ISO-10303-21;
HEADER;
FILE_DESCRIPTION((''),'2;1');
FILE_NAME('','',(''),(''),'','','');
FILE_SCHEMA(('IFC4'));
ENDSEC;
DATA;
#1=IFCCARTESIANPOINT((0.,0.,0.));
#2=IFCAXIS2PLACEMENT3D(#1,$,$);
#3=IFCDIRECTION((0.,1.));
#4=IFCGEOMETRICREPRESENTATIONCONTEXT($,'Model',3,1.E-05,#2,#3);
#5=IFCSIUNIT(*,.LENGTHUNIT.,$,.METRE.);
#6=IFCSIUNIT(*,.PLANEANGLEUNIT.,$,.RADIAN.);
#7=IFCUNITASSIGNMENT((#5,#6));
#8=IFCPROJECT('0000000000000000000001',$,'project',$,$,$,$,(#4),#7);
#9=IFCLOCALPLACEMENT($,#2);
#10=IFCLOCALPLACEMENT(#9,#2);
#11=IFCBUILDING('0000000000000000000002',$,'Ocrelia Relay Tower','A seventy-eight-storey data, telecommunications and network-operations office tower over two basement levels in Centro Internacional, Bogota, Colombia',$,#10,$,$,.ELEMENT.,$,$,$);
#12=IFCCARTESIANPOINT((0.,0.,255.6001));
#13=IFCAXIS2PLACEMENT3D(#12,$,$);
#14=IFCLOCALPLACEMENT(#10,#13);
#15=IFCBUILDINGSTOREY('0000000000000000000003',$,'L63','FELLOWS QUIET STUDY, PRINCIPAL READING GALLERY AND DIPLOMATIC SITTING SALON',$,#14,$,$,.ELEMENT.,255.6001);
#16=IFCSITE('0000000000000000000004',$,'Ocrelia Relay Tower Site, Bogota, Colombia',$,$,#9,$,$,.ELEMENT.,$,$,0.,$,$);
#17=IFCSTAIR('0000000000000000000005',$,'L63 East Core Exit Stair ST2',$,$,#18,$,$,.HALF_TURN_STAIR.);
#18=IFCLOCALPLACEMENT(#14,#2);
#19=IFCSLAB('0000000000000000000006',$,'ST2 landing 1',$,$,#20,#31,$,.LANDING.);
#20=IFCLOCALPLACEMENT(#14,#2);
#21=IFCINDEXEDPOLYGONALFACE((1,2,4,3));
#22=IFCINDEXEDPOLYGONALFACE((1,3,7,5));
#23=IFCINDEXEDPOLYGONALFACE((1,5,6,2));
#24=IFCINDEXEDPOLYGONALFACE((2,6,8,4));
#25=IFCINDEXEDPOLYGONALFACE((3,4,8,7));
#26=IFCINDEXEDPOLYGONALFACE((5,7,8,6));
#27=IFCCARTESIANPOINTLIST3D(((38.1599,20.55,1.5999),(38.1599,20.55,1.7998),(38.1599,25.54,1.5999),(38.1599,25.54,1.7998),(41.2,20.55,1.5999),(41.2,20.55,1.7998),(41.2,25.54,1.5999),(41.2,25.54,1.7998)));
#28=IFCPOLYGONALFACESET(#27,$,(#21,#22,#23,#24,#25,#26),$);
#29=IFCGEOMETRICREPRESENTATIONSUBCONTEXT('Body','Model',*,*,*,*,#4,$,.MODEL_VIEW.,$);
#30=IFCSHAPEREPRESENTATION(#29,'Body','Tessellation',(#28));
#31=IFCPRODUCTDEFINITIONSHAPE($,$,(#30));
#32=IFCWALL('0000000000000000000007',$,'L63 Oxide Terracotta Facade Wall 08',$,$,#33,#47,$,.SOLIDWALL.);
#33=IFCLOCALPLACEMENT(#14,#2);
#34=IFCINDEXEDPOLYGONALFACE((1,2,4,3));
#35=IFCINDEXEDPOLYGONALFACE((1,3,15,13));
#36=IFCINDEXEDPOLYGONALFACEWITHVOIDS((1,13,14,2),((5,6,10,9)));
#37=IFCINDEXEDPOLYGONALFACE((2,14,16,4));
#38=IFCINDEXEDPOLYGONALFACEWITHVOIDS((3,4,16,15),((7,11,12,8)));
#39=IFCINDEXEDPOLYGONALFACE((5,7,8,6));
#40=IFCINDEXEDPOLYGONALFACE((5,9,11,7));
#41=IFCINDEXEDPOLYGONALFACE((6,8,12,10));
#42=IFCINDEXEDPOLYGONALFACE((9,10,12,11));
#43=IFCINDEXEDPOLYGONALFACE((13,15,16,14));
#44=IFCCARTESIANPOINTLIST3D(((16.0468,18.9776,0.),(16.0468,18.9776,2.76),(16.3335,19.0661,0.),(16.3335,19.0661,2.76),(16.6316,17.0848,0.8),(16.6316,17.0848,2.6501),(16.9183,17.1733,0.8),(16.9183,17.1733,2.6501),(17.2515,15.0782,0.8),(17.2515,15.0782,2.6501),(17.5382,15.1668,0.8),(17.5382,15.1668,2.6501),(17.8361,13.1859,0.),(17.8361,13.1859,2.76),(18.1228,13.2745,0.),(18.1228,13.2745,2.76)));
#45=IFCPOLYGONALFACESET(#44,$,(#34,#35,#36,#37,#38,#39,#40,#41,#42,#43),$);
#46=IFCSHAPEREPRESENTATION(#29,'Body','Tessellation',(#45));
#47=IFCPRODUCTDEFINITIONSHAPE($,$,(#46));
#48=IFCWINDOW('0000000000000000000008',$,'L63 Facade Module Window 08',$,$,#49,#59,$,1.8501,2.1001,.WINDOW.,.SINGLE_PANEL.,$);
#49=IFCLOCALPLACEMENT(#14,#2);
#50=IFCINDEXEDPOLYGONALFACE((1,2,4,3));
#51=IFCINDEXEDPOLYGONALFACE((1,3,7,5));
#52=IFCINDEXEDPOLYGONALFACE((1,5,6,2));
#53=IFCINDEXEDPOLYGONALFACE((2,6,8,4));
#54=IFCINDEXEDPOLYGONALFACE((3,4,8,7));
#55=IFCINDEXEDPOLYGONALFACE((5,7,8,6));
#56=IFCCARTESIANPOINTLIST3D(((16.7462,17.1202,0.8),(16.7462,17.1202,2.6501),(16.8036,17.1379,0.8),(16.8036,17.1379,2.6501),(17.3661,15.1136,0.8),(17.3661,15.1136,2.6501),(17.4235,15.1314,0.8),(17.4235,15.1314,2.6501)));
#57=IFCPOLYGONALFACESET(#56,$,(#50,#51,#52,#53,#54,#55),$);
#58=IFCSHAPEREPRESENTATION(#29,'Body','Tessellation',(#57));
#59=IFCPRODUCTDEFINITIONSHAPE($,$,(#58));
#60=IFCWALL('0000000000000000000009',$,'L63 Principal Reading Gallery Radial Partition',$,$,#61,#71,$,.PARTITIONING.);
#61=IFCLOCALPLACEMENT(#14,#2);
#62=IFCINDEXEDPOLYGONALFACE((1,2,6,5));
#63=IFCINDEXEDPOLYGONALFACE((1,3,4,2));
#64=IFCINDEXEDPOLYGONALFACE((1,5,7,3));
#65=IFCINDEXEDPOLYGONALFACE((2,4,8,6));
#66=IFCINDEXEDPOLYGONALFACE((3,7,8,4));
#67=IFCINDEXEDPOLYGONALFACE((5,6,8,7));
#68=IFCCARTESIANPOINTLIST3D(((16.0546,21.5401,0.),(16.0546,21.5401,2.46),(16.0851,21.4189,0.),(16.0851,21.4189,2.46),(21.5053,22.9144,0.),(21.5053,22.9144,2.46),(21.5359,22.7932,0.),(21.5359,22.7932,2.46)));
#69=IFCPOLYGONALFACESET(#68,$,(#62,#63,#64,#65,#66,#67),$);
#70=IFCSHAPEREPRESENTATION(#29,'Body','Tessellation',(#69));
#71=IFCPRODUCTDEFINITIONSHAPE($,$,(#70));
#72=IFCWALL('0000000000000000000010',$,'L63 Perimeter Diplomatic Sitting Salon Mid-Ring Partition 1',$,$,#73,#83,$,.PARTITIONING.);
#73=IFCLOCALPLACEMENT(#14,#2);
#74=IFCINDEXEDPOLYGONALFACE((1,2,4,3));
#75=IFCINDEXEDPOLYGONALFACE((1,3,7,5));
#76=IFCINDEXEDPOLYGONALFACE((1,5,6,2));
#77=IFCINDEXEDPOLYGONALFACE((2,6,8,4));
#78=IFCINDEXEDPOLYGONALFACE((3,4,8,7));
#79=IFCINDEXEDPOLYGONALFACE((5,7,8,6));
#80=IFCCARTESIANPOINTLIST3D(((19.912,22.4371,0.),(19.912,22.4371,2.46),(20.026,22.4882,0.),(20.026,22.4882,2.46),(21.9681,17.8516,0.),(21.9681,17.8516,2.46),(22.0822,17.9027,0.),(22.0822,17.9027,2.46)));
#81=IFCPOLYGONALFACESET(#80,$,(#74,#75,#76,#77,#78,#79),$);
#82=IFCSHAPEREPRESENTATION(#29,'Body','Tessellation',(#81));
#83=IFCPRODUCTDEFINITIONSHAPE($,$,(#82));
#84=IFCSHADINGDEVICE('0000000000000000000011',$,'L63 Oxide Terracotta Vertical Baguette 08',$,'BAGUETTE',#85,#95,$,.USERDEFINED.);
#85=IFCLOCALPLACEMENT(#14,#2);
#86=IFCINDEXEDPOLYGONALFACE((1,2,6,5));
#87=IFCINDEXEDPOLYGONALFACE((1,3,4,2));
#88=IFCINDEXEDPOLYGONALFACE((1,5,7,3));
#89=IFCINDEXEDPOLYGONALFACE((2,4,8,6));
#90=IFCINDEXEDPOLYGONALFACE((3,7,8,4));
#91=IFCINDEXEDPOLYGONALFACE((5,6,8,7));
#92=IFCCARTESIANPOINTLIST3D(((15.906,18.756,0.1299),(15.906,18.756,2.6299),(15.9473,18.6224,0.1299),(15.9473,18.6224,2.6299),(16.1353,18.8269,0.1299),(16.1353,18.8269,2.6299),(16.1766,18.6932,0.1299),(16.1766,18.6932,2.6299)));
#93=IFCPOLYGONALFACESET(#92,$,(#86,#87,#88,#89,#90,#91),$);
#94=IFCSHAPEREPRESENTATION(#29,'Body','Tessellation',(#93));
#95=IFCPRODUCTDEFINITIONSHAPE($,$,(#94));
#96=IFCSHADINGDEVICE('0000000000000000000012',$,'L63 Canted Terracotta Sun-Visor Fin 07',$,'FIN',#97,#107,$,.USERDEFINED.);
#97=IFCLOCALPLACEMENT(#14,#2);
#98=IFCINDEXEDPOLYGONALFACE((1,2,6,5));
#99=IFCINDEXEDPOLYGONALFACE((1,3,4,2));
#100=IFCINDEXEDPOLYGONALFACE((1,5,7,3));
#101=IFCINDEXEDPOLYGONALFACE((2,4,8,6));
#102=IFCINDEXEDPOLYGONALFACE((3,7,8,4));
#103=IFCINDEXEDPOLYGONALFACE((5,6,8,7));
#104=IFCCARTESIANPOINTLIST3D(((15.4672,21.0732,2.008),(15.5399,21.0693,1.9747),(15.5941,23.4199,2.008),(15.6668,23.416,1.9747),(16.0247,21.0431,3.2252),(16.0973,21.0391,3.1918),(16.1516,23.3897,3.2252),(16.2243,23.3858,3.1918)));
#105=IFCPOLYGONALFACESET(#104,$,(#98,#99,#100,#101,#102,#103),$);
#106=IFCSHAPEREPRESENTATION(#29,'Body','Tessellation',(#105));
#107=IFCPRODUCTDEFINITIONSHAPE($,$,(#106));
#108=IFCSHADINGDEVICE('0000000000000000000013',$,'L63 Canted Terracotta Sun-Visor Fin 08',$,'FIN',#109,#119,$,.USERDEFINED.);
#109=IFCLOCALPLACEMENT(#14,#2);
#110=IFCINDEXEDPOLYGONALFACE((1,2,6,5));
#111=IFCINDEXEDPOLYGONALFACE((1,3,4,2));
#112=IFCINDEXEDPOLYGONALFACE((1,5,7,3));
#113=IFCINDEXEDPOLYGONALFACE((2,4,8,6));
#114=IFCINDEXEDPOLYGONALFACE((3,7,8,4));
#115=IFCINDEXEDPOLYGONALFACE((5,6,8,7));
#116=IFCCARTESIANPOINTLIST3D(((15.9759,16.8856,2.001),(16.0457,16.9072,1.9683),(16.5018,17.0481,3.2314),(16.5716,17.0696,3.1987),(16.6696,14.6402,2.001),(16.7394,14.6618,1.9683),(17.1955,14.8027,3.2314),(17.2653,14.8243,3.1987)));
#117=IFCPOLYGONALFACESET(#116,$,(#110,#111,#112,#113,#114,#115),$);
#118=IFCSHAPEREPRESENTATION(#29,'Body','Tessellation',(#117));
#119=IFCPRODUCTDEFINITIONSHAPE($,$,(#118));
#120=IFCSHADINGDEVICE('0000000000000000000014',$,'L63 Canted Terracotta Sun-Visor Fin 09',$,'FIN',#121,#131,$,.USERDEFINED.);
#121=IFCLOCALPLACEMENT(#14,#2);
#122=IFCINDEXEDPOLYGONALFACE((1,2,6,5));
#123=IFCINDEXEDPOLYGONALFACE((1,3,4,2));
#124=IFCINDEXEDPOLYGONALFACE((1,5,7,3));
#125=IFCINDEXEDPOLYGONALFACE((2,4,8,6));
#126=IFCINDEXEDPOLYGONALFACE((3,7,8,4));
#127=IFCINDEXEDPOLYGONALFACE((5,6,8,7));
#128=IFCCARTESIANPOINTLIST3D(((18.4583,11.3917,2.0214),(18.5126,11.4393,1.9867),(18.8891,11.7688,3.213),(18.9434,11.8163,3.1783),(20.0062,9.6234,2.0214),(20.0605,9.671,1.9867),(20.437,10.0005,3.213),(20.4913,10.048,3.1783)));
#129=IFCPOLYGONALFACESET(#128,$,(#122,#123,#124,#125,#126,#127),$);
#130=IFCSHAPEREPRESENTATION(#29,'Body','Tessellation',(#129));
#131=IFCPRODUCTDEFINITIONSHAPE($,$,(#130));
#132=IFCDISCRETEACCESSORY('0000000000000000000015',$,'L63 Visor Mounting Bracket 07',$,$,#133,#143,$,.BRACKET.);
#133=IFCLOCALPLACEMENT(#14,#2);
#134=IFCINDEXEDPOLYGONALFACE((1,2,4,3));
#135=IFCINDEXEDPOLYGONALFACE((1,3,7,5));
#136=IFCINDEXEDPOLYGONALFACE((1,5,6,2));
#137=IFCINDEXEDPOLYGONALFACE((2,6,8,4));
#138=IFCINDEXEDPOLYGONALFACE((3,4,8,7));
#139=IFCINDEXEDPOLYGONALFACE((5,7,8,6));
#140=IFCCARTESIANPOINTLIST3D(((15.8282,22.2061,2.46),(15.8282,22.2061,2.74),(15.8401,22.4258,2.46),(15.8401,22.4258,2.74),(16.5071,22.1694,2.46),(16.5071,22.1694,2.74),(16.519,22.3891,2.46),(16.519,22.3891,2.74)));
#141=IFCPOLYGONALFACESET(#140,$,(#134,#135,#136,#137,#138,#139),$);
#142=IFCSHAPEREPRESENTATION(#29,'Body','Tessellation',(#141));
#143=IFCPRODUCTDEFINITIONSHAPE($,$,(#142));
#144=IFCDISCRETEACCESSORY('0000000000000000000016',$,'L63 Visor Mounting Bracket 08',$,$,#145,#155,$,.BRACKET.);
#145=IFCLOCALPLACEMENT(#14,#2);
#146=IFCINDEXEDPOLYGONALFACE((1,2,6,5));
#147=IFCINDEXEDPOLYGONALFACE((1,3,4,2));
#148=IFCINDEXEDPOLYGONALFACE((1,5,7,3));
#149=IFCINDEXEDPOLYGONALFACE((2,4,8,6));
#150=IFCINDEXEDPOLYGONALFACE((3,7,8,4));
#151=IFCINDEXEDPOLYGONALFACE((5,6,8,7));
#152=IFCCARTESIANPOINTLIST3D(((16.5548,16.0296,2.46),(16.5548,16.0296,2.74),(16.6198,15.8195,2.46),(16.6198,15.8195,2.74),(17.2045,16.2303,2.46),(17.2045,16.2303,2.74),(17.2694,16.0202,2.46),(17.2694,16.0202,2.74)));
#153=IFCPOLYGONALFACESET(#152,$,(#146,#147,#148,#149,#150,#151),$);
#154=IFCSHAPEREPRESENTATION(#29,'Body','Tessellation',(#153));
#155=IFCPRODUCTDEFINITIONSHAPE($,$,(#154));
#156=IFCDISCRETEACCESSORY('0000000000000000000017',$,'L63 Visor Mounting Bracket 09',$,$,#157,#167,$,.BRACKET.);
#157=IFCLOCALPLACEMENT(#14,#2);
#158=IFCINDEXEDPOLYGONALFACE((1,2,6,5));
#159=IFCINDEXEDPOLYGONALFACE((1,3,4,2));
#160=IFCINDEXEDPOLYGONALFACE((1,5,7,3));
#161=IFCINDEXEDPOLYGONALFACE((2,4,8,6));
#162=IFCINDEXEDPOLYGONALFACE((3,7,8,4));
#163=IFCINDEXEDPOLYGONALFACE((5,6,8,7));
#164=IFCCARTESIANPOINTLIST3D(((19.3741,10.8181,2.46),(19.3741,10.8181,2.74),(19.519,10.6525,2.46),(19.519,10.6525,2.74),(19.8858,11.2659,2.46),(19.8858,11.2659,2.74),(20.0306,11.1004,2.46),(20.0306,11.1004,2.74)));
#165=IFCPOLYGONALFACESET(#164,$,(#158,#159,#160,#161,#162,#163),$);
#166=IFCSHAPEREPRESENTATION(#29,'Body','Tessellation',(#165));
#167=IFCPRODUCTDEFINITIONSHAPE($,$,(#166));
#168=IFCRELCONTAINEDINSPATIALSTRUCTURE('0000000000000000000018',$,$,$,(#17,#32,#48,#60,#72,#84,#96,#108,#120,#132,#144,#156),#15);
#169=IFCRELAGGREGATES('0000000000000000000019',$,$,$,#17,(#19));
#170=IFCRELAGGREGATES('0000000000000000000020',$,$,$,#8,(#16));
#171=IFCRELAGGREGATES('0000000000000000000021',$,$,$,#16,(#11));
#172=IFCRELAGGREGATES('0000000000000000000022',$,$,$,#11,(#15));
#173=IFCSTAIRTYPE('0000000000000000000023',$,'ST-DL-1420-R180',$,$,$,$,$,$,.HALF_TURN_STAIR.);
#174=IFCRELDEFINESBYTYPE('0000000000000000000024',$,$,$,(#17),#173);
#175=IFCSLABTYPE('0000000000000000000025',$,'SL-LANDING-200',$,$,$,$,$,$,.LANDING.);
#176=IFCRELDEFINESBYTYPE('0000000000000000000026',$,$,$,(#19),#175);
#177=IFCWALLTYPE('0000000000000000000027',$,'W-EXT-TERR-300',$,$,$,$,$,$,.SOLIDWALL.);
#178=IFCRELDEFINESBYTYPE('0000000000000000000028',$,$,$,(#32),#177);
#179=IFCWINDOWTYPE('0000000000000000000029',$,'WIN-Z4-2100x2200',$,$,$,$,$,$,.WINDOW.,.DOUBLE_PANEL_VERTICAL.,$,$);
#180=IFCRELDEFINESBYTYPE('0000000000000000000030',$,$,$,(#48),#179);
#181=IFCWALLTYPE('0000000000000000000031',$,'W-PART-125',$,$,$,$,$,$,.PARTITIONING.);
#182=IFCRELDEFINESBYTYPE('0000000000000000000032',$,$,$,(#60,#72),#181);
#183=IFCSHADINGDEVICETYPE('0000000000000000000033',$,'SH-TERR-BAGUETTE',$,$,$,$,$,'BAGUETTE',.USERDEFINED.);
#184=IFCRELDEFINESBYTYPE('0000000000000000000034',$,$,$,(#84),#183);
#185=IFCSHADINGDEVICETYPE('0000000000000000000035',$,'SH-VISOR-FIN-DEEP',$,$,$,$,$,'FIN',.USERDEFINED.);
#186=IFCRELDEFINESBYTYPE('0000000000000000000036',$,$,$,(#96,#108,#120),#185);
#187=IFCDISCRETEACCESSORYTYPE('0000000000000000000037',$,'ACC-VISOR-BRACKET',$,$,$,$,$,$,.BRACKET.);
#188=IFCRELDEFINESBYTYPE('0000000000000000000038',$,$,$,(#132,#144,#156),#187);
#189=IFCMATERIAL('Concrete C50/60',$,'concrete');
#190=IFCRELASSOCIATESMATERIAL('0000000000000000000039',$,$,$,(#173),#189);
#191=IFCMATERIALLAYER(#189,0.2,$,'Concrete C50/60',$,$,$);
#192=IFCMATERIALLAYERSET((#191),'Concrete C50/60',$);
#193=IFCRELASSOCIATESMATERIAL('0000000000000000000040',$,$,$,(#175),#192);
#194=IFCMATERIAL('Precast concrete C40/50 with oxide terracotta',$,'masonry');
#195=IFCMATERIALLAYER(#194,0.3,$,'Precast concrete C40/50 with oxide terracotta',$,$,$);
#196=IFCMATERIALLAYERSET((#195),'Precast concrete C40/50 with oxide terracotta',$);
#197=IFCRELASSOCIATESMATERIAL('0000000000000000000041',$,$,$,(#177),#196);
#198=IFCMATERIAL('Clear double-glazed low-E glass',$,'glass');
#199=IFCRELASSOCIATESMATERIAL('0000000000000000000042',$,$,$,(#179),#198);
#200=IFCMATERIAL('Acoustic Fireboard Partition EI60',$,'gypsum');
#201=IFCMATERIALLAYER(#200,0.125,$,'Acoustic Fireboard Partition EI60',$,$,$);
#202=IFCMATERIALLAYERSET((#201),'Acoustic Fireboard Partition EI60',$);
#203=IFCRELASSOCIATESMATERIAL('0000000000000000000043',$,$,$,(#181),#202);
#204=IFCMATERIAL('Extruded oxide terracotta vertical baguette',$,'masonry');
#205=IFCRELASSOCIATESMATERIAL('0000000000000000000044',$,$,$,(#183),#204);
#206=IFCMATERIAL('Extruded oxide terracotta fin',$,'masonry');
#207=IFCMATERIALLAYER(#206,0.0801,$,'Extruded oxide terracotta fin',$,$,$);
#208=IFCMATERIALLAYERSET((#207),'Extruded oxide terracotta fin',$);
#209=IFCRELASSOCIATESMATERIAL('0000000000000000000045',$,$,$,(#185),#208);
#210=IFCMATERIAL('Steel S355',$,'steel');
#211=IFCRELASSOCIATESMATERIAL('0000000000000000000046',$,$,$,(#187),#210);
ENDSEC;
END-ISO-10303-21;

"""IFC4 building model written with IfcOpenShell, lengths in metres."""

from ifc_helpers import new_model, si_unit, direction, frame, frame_2d, origin, origin_2d, place, context, subcontext, project, spatial, polyline, rectangle, outline, extrude, material, layer, layer_set, type_object, element, fill, aggregate, save


model = new_model("IFC4")

# Units and contexts
model_context = context("Model", 3, precision=1e-05, world=origin(), true_north=direction((0.0, 1.0)))
body_context = subcontext(model_context, "Body", "Model", "MODEL_VIEW")
ifc_project = project(units=[si_unit("LENGTHUNIT", "METRE"), si_unit("PLANEANGLEUNIT", "RADIAN")], contexts=[model_context])

# Site, building, storey
site_placement = place(None, origin())
site = spatial("IfcSite", under=ifc_project, at=site_placement, Name="Ocrelia Relay Tower Site, Bogota, Colombia", CompositionType="ELEMENT", RefElevation=0.0)
building_placement = place(site_placement, origin())
building = spatial("IfcBuilding", under=site, at=building_placement, Name="Ocrelia Relay Tower", Description="A seventy-eight-storey data, telecommunications and network-operations office tower over two basement levels in Centro Internacional, Bogota, Colombia", CompositionType="ELEMENT")
storey_placement = place(building_placement, frame((0.0, 0.0, 255.6001)))
storey = spatial("IfcBuildingStorey", under=building, at=storey_placement, Name="L63", Description="FELLOWS QUIET STUDY, PRINCIPAL READING GALLERY AND DIPLOMATIC SITTING SALON", CompositionType="ELEMENT", Elevation=255.6001)

# Shared definitions
ifc_material_1 = material(Name="Concrete C50/60", Category="concrete")

# Shared definitions
ifc_material_2 = material(Name="Steel S355", Category="steel")

# Shared definitions
ifc_material_3 = material(Name="Clear double-glazed low-E glass", Category="glass")

# Stair, slab
stair_type = type_object("IfcStairType", Name="ST-DL-1420-R180", PredefinedType="HALF_TURN_STAIR", material=ifc_material_1)
ifc_layer_1 = layer(ifc_material_1, 0.2, Name="Concrete C50/60")
ifc_layer_set_1 = layer_set([ifc_layer_1], Name="Concrete C50/60")
slab_type_1 = type_object("IfcSlabType", Name="SL-LANDING-200", PredefinedType="LANDING", material=ifc_layer_set_1)
stair_1_placement = place(storey_placement, origin())
stair_1 = element("IfcStair", 1, at=stair_1_placement, inside=storey, type_object=stair_type, Name="L63 East Core Exit Stair ST2", PredefinedType="HALF_TURN_STAIR")
slab_1_placement = place(storey_placement, frame((0.0, 0.0, 1.5999)))
slab_1 = element("IfcSlab", 2, at=slab_1_placement, type_object=slab_type_1, Name="ST2 landing 1", PredefinedType="LANDING", context=body_context, shape_type="SweptSolid", body=[
    extrude(outline(polyline([(38.1599, 25.54), (38.1599, 20.55), (41.2, 20.55), (41.2, 25.54), (38.1599, 25.54)])), origin(), (0.0, 0.0, 1.0), 0.2),
])
aggregate(stair_1, [slab_1])

# Wall, opening, window
ifc_material_4 = material(Name="Precast concrete C40/50 with oxide terracotta", Category="masonry")
ifc_layer_2 = layer(ifc_material_4, 0.3, Name="Precast concrete C40/50 with oxide terracotta")
ifc_layer_set_2 = layer_set([ifc_layer_2], Name="Precast concrete C40/50 with oxide terracotta")
wall_type_1 = type_object("IfcWallType", Name="W-EXT-TERR-300", PredefinedType="SOLIDWALL", material=ifc_layer_set_2)
wall_1_placement = place(storey_placement, frame((16.1902, 19.0217, 0.0), z_axis=(0.0, 0.0, 1.0), x_axis=(0.295175, -0.955443, 0.0)))
wall_1 = element("IfcWall", 3, at=wall_1_placement, inside=storey, type_object=wall_type_1, Name="L63 Oxide Terracotta Facade Wall 08", PredefinedType="SOLIDWALL", context=body_context, shape_type="SweptSolid", body=[
    extrude(rectangle(XDim=6.0618, YDim=0.3, at=frame_2d((3.0308, 0.0))), origin(), (0.0, 0.0, 1.0), 2.76),
])
opening_1_placement = place(wall_1_placement, frame((1.981, 0.0, 0.8)))
opening_1 = element("IfcOpeningElement", 4, at=opening_1_placement, cuts=wall_1, PredefinedType="OPENING", context=body_context, shape_type="SweptSolid", body=[
    extrude(rectangle(XDim=2.1001, YDim=1.8501, at=frame_2d((1.05, 0.925))), frame((0.0, 0.1602, 0.0), z_axis=(0.0, -1.0, 0.0), x_axis=(1.0, 0.0, 0.0)), (0.0, 0.0, 1.0), 0.3201),
])
window_type = type_object("IfcWindowType", Name="WIN-Z4-2100x2200", PartitioningType="DOUBLE_PANEL_VERTICAL", PredefinedType="WINDOW", material=ifc_material_3)
window_placement = place(opening_1_placement, origin())
window = element("IfcWindow", 5, at=window_placement, inside=storey, type_object=window_type, Name="L63 Facade Module Window 08", OverallHeight=1.8501, OverallWidth=2.1001, PartitioningType="SINGLE_PANEL", PredefinedType="WINDOW", context=body_context, shape_type="SweptSolid", body=[
    extrude(rectangle(XDim=2.1001, YDim=1.8501, at=frame_2d((1.05, 0.925))), frame((0.0, 0.03, 0.0), z_axis=(0.0, -1.0, 0.0), x_axis=(1.0, 0.0, 0.0)), (0.0, 0.0, 1.0), 0.0601),
])
fill(opening_1, window)

# Walls
ifc_material_5 = material(Name="Acoustic Fireboard Partition EI60", Category="gypsum")
ifc_layer_3 = layer(ifc_material_5, 0.125, Name="Acoustic Fireboard Partition EI60")
ifc_layer_set_3 = layer_set([ifc_layer_3], Name="Acoustic Fireboard Partition EI60")
wall_type_2 = type_object("IfcWallType", Name="W-PART-125", PredefinedType="PARTITIONING", material=ifc_layer_set_3)
wall_2_placement = place(storey_placement, frame((21.5205, 22.8538, 0.0), z_axis=(0.0, 0.0, 1.0), x_axis=(-0.969655, -0.244477, 0.0)))
element("IfcWall", 6, at=wall_2_placement, inside=storey, type_object=wall_type_2, Name="L63 Principal Reading Gallery Radial Partition", PredefinedType="PARTITIONING", context=body_context, shape_type="SweptSolid", body=[
    extrude(rectangle(XDim=5.6213, YDim=0.125, at=frame_2d((2.8105, 0.0))), origin(), (0.0, 0.0, 1.0), 2.46),
])
wall_3_placement = place(storey_placement, frame((19.969, 22.4626, 0.0), z_axis=(0.0, 0.0, 1.0), x_axis=(0.409156, -0.912464, 0.0)))
element("IfcWall", 7, at=wall_3_placement, inside=storey, type_object=wall_type_2, Name="L63 Perimeter Diplomatic Sitting Salon Mid-Ring Partition 1", PredefinedType="PARTITIONING", context=body_context, shape_type="SweptSolid", body=[
    extrude(rectangle(XDim=5.0254, YDim=0.125, at=frame_2d((2.5127, 0.0))), origin(), (0.0, 0.0, 1.0), 2.46),
])

# Shading devices
ifc_material_6 = material(Name="Extruded oxide terracotta vertical baguette", Category="masonry")
shading_device_type_1 = type_object("IfcShadingDeviceType", Name="SH-TERR-BAGUETTE", ElementType="BAGUETTE", PredefinedType="USERDEFINED", material=ifc_material_6)
shading_device_1_placement = place(storey_placement, frame((16.0413, 18.7246, 0.1299), z_axis=(0.0, 0.0, 1.0), x_axis=(0.295172, -0.955444, 0.0)))
element("IfcShadingDevice", 8, at=shading_device_1_placement, inside=storey, type_object=shading_device_type_1, Name="L63 Oxide Terracotta Vertical Baguette 08", ObjectType="BAGUETTE", PredefinedType="USERDEFINED", context=body_context, shape_type="SweptSolid", body=[
    extrude(rectangle(XDim=0.1399, YDim=0.24, at=origin_2d()), origin(), (0.0, 0.0, 1.0), 2.5),
])
ifc_material_7 = material(Name="Extruded oxide terracotta fin", Category="masonry")
ifc_layer_4 = layer(ifc_material_7, 0.0801, Name="Extruded oxide terracotta fin")
ifc_layer_set_4 = layer_set([ifc_layer_4], Name="Extruded oxide terracotta fin")
shading_device_type_2 = type_object("IfcShadingDeviceType", Name="SH-VISOR-FIN-DEEP", ElementType="FIN", PredefinedType="USERDEFINED", material=ifc_layer_set_4)
shading_device_2_placement = place(storey_placement, frame((15.8821, 22.2275, 2.5833), z_axis=(-0.907618, 0.049107, 0.416915), x_axis=(-0.054026, -0.99854, 0.0)))
element("IfcShadingDevice", 9, at=shading_device_2_placement, inside=storey, type_object=shading_device_type_2, Name="L63 Canted Terracotta Sun-Visor Fin 07", ObjectType="FIN", PredefinedType="USERDEFINED", context=body_context, shape_type="SweptSolid", body=[
    extrude(rectangle(XDim=2.3501, YDim=1.3391, at=origin_2d()), origin(), (0.0, 0.0, 1.0), 0.0801),
])
shading_device_3_placement = place(storey_placement, frame((16.6555, 15.8657, 2.5835), z_axis=(-0.872162, -0.269443, 0.40833), x_axis=(0.295172, -0.955444, 0.0)))
element("IfcShadingDevice", 10, at=shading_device_3_placement, inside=storey, type_object=shading_device_type_2, Name="L63 Canted Terracotta Sun-Visor Fin 08", ObjectType="FIN", PredefinedType="USERDEFINED", context=body_context, shape_type="SweptSolid", body=[
    extrude(rectangle(XDim=2.3501, YDim=1.3479, at=origin_2d()), origin(), (0.0, 0.0, 1.0), 0.0801),
])
shading_device_4_placement = place(storey_placement, frame((19.502, 10.7437, 2.5825), z_axis=(-0.678236, -0.593701, 0.43303), x_axis=(0.658659, -0.752442, 0.0)))
element("IfcShadingDevice", 11, at=shading_device_4_placement, inside=storey, type_object=shading_device_type_2, Name="L63 Canted Terracotta Sun-Visor Fin 09", ObjectType="FIN", PredefinedType="USERDEFINED", context=body_context, shape_type="SweptSolid", body=[
    extrude(rectangle(XDim=2.3501, YDim=1.322, at=origin_2d()), origin(), (0.0, 0.0, 1.0), 0.0801),
])

# Discrete accessories
discrete_accessory_type = type_object("IfcDiscreteAccessoryType", Name="ACC-VISOR-BRACKET", PredefinedType="BRACKET", material=ifc_material_2)
for number, where, z_axis, x_axis, name in (
    (12, (16.1736, 22.2976, 2.46), (0.0, 0.0, 1.0), (-0.054026, -0.99854, 0.0), "L63 Visor Mounting Bracket 07"),
    (13, (16.9121, 16.0249, 2.46), (0.0, 0.0, 1.0), (0.295172, -0.955444, 0.0), "L63 Visor Mounting Bracket 08"),
    (14, (19.7024, 10.9592, 2.46), (0.0, 0.0, 1.0), (0.658659, -0.752442, 0.0), "L63 Visor Mounting Bracket 09"),
):
    element("IfcDiscreteAccessory", number, at=place(storey_placement, frame(where, z_axis=z_axis, x_axis=x_axis)), inside=storey, type_object=discrete_accessory_type, Name=name, PredefinedType="BRACKET", context=body_context, shape_type="SweptSolid", body=[
        extrude(rectangle(XDim=0.22, YDim=0.6799, at=origin_2d()), origin(), (0.0, 0.0, 1.0), 0.28),
    ])

save(model, "model.ifc")
